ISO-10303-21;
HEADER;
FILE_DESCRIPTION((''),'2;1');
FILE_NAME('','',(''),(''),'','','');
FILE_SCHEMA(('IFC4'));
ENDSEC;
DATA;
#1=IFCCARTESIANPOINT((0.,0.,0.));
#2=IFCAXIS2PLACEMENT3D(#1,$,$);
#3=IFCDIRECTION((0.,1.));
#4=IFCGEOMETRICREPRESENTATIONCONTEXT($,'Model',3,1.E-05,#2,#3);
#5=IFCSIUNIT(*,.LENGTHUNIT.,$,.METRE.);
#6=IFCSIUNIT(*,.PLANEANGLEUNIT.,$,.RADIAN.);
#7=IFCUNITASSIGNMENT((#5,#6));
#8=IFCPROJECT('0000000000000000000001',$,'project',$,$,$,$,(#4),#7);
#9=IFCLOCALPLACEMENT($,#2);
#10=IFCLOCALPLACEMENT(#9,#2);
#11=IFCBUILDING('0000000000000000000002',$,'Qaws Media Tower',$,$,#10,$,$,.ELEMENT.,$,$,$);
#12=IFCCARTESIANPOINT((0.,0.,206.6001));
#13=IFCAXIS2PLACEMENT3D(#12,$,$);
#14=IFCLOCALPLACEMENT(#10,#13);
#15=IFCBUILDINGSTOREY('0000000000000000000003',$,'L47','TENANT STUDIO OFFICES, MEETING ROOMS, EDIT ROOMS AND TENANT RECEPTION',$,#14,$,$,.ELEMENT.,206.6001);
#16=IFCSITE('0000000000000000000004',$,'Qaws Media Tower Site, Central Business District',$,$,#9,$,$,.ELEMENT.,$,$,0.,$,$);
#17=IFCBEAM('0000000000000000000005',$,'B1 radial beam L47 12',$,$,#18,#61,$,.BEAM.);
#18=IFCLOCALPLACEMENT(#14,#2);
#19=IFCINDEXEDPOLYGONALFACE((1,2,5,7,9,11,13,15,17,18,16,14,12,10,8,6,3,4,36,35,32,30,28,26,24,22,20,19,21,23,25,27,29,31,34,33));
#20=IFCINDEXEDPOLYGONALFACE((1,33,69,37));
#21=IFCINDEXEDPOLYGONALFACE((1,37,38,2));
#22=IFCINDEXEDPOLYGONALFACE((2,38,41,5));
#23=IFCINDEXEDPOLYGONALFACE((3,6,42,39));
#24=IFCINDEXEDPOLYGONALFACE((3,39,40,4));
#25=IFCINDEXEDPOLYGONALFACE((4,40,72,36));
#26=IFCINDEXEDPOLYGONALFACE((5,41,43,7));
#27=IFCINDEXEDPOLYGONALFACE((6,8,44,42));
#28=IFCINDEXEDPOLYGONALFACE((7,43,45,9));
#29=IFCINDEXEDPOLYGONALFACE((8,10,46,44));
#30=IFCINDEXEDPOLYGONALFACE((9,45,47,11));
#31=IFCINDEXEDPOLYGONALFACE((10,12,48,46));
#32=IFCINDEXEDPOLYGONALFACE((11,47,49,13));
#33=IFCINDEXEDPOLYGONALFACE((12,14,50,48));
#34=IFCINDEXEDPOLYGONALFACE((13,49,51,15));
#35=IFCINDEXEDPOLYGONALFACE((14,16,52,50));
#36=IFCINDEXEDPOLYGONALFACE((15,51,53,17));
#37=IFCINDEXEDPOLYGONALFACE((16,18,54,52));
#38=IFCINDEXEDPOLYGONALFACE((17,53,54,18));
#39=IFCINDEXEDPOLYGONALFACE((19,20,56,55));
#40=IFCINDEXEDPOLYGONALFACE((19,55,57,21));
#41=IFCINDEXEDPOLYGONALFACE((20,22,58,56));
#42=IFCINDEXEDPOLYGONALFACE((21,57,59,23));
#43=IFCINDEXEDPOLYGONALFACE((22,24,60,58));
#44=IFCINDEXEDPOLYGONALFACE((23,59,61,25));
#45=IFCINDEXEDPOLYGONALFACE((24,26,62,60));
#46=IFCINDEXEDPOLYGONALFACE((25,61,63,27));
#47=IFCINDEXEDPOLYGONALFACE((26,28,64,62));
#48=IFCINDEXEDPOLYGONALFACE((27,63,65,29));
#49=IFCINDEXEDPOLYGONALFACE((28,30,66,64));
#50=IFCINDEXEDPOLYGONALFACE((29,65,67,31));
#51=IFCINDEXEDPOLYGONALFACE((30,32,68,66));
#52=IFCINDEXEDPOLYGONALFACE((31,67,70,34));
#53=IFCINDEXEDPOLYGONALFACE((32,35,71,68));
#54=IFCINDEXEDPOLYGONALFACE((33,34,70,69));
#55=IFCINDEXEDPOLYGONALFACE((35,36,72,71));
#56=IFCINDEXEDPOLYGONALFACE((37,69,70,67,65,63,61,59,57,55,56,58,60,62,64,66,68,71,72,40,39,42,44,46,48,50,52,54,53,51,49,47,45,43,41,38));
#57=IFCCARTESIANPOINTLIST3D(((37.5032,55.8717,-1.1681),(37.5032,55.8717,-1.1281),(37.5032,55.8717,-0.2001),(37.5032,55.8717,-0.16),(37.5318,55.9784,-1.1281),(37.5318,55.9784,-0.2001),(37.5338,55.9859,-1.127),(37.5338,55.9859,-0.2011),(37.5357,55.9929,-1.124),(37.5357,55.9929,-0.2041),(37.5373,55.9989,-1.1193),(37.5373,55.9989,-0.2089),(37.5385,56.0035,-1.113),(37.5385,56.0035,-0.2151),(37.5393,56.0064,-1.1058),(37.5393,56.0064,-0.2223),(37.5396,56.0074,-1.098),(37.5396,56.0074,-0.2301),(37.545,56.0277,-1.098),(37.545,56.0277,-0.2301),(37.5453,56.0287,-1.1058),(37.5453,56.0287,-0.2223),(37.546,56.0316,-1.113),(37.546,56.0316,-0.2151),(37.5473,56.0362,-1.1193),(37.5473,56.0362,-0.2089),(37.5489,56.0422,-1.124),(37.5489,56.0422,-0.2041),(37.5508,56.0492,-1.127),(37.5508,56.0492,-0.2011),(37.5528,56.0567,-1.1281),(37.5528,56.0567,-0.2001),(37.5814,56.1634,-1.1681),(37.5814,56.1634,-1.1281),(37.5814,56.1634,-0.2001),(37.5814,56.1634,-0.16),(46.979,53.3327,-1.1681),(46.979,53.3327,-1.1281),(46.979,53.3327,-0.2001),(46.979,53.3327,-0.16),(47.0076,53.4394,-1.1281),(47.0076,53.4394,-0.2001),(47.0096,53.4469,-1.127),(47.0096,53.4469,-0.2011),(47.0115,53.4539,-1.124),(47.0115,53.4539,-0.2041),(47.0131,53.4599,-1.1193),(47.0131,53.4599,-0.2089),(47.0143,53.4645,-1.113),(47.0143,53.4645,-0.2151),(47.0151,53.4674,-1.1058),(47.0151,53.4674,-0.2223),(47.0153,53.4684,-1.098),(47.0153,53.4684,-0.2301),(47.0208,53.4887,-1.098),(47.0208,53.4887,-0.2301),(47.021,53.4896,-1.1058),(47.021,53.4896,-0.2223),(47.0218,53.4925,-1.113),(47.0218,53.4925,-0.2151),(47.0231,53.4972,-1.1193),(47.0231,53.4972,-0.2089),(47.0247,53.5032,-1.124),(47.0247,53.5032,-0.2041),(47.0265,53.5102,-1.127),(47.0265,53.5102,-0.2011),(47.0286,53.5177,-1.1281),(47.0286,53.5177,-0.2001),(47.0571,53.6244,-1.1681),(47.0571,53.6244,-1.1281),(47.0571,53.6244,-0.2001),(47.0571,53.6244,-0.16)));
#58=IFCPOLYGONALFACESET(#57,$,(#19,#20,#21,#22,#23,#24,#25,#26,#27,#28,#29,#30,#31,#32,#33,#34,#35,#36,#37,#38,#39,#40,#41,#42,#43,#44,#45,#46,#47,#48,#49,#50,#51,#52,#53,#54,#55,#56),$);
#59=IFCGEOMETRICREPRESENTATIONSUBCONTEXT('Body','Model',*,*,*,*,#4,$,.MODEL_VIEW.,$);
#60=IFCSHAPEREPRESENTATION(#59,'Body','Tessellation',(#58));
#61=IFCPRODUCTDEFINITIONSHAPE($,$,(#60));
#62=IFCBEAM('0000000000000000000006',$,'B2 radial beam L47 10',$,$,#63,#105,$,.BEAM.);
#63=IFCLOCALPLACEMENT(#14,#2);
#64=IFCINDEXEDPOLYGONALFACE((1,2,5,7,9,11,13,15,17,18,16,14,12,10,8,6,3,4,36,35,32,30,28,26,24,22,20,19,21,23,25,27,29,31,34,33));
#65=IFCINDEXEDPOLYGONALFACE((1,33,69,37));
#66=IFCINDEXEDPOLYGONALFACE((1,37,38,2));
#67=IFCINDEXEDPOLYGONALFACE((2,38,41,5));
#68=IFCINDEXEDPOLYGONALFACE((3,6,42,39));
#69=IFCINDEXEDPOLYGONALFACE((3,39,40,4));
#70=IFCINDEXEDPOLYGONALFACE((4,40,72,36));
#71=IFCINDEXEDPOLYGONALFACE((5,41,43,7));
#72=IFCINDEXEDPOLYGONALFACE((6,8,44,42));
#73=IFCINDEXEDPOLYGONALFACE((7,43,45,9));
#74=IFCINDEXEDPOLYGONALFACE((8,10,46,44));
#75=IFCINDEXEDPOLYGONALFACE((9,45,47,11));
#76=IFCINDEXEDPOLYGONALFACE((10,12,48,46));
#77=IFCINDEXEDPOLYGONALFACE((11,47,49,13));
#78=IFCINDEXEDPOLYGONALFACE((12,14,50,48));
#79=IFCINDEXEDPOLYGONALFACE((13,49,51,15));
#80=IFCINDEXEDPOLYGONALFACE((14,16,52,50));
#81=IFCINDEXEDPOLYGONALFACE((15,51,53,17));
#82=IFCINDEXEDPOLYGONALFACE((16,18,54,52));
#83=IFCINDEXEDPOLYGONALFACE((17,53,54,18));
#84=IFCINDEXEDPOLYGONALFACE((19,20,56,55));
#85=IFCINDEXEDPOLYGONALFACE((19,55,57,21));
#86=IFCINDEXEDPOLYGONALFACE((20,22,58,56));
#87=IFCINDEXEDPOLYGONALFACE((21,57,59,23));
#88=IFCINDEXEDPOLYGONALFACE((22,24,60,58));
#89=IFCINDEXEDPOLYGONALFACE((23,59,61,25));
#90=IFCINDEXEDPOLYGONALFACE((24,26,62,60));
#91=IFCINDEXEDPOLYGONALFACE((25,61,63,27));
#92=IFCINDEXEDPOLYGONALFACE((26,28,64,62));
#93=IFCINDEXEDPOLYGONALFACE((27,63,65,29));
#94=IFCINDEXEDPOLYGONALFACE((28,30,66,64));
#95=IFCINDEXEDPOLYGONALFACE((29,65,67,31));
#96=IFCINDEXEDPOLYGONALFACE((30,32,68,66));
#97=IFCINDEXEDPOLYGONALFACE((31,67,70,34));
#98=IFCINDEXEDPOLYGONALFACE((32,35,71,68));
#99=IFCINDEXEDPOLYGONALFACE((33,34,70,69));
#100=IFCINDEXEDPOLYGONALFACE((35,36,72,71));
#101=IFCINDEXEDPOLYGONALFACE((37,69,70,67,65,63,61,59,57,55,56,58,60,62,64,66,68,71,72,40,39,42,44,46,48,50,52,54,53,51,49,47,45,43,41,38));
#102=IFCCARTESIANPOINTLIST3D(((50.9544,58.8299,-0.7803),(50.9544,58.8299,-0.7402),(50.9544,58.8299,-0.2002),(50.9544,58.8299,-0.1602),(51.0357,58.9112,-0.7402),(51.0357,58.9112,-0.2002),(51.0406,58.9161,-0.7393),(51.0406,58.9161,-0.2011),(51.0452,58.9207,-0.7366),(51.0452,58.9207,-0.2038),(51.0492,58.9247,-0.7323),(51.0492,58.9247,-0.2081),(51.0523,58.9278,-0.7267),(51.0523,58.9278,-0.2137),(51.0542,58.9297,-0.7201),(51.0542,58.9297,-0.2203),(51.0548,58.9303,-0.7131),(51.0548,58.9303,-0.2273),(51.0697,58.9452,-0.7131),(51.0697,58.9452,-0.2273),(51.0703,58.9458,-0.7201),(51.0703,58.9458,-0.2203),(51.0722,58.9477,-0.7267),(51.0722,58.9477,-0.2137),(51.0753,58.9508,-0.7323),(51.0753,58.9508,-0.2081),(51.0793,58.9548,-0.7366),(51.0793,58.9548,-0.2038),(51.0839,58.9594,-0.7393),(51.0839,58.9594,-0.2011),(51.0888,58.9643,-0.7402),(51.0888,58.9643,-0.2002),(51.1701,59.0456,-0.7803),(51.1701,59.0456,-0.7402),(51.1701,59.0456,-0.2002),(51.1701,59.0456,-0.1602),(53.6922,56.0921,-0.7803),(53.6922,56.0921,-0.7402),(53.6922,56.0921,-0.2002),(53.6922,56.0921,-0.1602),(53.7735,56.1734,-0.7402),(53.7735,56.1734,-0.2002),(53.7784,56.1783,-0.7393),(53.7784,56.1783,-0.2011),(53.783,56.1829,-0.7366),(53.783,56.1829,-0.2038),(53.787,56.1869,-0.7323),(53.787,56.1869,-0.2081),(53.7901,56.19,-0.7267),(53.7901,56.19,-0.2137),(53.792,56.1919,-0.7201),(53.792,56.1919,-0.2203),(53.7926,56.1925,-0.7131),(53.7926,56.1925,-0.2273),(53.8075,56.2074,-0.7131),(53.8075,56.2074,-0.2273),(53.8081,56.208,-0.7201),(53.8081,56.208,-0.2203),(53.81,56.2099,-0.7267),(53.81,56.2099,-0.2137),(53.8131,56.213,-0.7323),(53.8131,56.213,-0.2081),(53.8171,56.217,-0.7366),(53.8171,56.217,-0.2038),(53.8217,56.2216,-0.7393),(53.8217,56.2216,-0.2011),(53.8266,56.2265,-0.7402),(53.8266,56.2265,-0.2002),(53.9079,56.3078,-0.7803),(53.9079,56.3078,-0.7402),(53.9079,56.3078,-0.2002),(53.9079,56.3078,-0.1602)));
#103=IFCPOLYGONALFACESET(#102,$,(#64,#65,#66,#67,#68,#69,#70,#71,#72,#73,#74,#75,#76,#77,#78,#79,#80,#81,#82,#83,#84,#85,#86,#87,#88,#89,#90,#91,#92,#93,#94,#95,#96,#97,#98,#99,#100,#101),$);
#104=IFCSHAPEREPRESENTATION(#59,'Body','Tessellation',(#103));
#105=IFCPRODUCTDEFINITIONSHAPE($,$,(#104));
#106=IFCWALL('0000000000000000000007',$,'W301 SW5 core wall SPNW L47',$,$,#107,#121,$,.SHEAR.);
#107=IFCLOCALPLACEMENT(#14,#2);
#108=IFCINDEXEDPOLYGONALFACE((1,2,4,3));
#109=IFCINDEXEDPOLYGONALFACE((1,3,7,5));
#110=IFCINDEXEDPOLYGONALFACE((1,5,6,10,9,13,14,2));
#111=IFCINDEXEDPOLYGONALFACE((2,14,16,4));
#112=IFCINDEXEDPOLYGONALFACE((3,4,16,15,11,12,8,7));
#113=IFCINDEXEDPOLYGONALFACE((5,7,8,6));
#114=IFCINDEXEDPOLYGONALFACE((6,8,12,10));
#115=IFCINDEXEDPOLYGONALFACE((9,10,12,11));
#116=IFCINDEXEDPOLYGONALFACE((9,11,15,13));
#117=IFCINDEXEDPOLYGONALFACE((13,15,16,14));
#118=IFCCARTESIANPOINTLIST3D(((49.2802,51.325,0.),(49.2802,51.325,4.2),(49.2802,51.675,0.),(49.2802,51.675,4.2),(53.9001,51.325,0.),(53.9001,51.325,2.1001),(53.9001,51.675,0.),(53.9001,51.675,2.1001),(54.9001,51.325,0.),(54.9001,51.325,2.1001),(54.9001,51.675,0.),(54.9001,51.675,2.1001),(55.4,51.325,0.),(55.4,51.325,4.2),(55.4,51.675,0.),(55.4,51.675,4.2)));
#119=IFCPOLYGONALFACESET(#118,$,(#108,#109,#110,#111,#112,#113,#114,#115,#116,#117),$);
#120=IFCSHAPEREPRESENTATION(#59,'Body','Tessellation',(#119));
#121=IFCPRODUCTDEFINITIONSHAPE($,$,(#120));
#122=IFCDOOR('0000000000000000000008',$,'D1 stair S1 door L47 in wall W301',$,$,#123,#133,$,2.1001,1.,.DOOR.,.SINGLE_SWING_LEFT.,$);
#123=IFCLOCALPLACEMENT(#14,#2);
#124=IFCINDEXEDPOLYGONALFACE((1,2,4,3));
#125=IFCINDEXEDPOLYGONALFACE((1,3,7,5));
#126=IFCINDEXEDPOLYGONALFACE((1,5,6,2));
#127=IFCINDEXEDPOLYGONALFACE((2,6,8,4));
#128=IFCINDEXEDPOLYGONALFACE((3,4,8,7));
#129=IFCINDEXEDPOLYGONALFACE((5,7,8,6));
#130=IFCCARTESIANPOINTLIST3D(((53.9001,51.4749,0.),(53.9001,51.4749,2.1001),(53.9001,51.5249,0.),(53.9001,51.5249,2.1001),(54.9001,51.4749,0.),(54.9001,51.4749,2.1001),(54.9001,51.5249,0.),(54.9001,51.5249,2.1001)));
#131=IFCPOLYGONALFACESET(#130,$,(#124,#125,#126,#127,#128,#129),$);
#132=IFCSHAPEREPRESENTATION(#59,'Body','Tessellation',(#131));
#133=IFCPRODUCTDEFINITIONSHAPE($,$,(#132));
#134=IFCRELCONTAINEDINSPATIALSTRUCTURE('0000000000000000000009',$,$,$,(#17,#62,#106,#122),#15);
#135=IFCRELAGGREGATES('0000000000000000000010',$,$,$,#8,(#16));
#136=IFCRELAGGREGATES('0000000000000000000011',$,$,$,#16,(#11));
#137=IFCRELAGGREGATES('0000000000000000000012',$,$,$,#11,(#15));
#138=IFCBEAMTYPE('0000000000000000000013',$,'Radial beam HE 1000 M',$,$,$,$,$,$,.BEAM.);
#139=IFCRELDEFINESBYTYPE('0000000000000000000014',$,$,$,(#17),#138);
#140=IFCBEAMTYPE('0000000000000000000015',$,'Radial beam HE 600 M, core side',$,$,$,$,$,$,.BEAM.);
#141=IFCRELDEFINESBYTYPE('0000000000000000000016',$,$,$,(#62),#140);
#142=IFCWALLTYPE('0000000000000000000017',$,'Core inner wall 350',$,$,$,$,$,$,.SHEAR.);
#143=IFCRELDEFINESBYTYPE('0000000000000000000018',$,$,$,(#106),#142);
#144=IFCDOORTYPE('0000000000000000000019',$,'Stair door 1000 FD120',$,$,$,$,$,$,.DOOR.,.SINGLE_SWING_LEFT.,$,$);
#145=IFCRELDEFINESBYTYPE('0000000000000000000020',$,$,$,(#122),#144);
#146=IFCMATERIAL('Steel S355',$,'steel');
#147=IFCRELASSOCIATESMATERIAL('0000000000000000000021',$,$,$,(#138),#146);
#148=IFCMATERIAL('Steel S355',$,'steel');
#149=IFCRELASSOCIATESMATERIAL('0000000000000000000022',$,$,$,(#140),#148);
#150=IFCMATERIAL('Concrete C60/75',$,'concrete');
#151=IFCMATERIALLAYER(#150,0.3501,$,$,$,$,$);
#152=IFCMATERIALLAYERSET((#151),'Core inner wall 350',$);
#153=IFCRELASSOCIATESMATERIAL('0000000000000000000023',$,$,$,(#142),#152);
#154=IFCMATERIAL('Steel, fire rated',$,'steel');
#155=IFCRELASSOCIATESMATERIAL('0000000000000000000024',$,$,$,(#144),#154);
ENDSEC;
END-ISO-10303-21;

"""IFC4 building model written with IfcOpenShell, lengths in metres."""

from ifc_helpers import new_model, si_unit, direction, frame, frame_2d, origin, origin_2d, place, context, subcontext, project, spatial, rectangle, i_section, extrude, material, layer, layer_set, material_profile, profile_set, type_object, element, fill, save


model = new_model("IFC4")

# Units and contexts
model_context = context("Model", 3, precision=1e-05, world=origin(), true_north=direction((0.0, 1.0)))
body_context = subcontext(model_context, "Body", "Model", "MODEL_VIEW")
ifc_project = project(units=[si_unit("LENGTHUNIT", "METRE"), si_unit("PLANEANGLEUNIT", "RADIAN")], contexts=[model_context])

# Site, building, storey
site_placement = place(None, origin())
site = spatial("IfcSite", under=ifc_project, at=site_placement, Name="Qaws Media Tower Site, Central Business District", CompositionType="ELEMENT", RefElevation=0.0)
building_placement = place(site_placement, origin())
building = spatial("IfcBuilding", under=site, at=building_placement, Name="Qaws Media Tower", CompositionType="ELEMENT")
storey_placement = place(building_placement, frame((0.0, 0.0, 206.6001)))
storey = spatial("IfcBuildingStorey", under=building, at=storey_placement, Name="L47", Description="TENANT STUDIO OFFICES, MEETING ROOMS, EDIT ROOMS AND TENANT RECEPTION", CompositionType="ELEMENT", Elevation=206.6001)

# Beams
ifc_material_1 = material(Name="Steel S355", Category="steel")
ifc_material_profile_1 = material_profile(ifc_material_1, i_section(OverallWidth=0.302, OverallDepth=1.0081, WebThickness=0.021, FlangeThickness=0.04, FilletRadius=0.03, at=origin_2d()), Name="HE 1000 M")
ifc_profile_set_1 = profile_set([ifc_material_profile_1], Name="Steel S355")
beam_type_1 = type_object("IfcBeamType", Name="Radial beam HE 1000 M", PredefinedType="BEAM", material=ifc_profile_set_1)
beam_1_placement = place(storey_placement, frame((47.0181, 53.4785, -0.6641), z_axis=(-0.965925, 0.258821, 0.0), x_axis=(-0.258821, -0.965925, 0.0)))
element("IfcBeam", 1, at=beam_1_placement, inside=storey, type_object=beam_type_1, Name="B1 radial beam L47 12", PredefinedType="BEAM", context=body_context, shape_type="SweptSolid", body=[
    extrude(i_section(OverallWidth=0.302, OverallDepth=1.0081, WebThickness=0.021, FlangeThickness=0.04, FilletRadius=0.03, at=origin_2d()), origin(), (0.0, 0.0, 1.0), 9.8101),
])
ifc_material_2 = material(Name="Steel S355", Category="steel")
ifc_material_profile_2 = material_profile(ifc_material_2, i_section(OverallWidth=0.3049, OverallDepth=0.6201, WebThickness=0.021, FlangeThickness=0.04, FilletRadius=0.0271, at=origin_2d()), Name="HE 600 M")
ifc_profile_set_2 = profile_set([ifc_material_profile_2], Name="Steel S355")
beam_type_2 = type_object("IfcBeamType", Name="Radial beam HE 600 M, core side", PredefinedType="BEAM", material=ifc_profile_set_2)
beam_2_placement = place(storey_placement, frame((53.8, 56.2, -0.4702), z_axis=(-0.707107, 0.707107, 0.0), x_axis=(-0.707107, -0.707107, 0.0)))
element("IfcBeam", 2, at=beam_2_placement, inside=storey, type_object=beam_type_2, Name="B2 radial beam L47 10", PredefinedType="BEAM", context=body_context, shape_type="SweptSolid", body=[
    extrude(i_section(OverallWidth=0.3049, OverallDepth=0.6201, WebThickness=0.021, FlangeThickness=0.04, FilletRadius=0.0271, at=origin_2d()), origin(), (0.0, 0.0, 1.0), 3.8718),
])

# Wall, opening, door
ifc_material_3 = material(Name="Concrete C60/75", Category="concrete")
ifc_layer_1 = layer(ifc_material_3, 0.3501)
ifc_layer_set_1 = layer_set([ifc_layer_1], Name="Core inner wall 350")
wall_type_1 = type_object("IfcWallType", Name="Core inner wall 350", PredefinedType="SHEAR", material=ifc_layer_set_1)
wall_1_placement = place(storey_placement, frame((49.28, 51.5, 0.0), z_axis=(0.0, 0.0, 1.0), x_axis=(1.0, 0.0, 0.0)))
wall_1 = element("IfcWall", 3, at=wall_1_placement, inside=storey, type_object=wall_type_1, Name="W301 SW5 core wall SPNW L47", PredefinedType="SHEAR", context=body_context, shape_type="SweptSolid", body=[
    extrude(rectangle(XDim=6.1199, YDim=0.3501, at=frame_2d((3.0601, 0.0))), origin(), (0.0, 0.0, 1.0), 4.2),
])
opening_1_placement = place(wall_1_placement, frame((4.6201, 0.0, 0.0)))
opening_1 = element("IfcOpeningElement", 4, at=opening_1_placement, cuts=wall_1, PredefinedType="OPENING", context=body_context, shape_type="SweptSolid", body=[
    extrude(rectangle(XDim=1.0, YDim=2.1001, at=frame_2d((0.5, 1.05))), frame((0.0, 0.1851, 0.0), z_axis=(0.0, -1.0, 0.0), x_axis=(1.0, 0.0, 0.0)), (0.0, 0.0, 1.0), 0.3701),
])
ifc_material_4 = material(Name="Steel, fire rated", Category="steel")
door_type_1 = type_object("IfcDoorType", Name="Stair door 1000 FD120", OperationType="SINGLE_SWING_LEFT", PredefinedType="DOOR", material=ifc_material_4)
door_1_placement = place(opening_1_placement, origin())
door_1 = element("IfcDoor", 5, at=door_1_placement, inside=storey, type_object=door_type_1, Name="D1 stair S1 door L47 in wall W301", OperationType="SINGLE_SWING_LEFT", OverallHeight=2.1001, OverallWidth=1.0, PredefinedType="DOOR", context=body_context, shape_type="SweptSolid", body=[
    extrude(rectangle(XDim=1.0, YDim=2.1001, at=frame_2d((0.5, 1.05))), frame((0.0, 0.0249, 0.0), z_axis=(0.0, -1.0, 0.0), x_axis=(1.0, 0.0, 0.0)), (0.0, 0.0, 1.0), 0.05),
])
fill(opening_1, door_1)

save(model, "model.ifc")
